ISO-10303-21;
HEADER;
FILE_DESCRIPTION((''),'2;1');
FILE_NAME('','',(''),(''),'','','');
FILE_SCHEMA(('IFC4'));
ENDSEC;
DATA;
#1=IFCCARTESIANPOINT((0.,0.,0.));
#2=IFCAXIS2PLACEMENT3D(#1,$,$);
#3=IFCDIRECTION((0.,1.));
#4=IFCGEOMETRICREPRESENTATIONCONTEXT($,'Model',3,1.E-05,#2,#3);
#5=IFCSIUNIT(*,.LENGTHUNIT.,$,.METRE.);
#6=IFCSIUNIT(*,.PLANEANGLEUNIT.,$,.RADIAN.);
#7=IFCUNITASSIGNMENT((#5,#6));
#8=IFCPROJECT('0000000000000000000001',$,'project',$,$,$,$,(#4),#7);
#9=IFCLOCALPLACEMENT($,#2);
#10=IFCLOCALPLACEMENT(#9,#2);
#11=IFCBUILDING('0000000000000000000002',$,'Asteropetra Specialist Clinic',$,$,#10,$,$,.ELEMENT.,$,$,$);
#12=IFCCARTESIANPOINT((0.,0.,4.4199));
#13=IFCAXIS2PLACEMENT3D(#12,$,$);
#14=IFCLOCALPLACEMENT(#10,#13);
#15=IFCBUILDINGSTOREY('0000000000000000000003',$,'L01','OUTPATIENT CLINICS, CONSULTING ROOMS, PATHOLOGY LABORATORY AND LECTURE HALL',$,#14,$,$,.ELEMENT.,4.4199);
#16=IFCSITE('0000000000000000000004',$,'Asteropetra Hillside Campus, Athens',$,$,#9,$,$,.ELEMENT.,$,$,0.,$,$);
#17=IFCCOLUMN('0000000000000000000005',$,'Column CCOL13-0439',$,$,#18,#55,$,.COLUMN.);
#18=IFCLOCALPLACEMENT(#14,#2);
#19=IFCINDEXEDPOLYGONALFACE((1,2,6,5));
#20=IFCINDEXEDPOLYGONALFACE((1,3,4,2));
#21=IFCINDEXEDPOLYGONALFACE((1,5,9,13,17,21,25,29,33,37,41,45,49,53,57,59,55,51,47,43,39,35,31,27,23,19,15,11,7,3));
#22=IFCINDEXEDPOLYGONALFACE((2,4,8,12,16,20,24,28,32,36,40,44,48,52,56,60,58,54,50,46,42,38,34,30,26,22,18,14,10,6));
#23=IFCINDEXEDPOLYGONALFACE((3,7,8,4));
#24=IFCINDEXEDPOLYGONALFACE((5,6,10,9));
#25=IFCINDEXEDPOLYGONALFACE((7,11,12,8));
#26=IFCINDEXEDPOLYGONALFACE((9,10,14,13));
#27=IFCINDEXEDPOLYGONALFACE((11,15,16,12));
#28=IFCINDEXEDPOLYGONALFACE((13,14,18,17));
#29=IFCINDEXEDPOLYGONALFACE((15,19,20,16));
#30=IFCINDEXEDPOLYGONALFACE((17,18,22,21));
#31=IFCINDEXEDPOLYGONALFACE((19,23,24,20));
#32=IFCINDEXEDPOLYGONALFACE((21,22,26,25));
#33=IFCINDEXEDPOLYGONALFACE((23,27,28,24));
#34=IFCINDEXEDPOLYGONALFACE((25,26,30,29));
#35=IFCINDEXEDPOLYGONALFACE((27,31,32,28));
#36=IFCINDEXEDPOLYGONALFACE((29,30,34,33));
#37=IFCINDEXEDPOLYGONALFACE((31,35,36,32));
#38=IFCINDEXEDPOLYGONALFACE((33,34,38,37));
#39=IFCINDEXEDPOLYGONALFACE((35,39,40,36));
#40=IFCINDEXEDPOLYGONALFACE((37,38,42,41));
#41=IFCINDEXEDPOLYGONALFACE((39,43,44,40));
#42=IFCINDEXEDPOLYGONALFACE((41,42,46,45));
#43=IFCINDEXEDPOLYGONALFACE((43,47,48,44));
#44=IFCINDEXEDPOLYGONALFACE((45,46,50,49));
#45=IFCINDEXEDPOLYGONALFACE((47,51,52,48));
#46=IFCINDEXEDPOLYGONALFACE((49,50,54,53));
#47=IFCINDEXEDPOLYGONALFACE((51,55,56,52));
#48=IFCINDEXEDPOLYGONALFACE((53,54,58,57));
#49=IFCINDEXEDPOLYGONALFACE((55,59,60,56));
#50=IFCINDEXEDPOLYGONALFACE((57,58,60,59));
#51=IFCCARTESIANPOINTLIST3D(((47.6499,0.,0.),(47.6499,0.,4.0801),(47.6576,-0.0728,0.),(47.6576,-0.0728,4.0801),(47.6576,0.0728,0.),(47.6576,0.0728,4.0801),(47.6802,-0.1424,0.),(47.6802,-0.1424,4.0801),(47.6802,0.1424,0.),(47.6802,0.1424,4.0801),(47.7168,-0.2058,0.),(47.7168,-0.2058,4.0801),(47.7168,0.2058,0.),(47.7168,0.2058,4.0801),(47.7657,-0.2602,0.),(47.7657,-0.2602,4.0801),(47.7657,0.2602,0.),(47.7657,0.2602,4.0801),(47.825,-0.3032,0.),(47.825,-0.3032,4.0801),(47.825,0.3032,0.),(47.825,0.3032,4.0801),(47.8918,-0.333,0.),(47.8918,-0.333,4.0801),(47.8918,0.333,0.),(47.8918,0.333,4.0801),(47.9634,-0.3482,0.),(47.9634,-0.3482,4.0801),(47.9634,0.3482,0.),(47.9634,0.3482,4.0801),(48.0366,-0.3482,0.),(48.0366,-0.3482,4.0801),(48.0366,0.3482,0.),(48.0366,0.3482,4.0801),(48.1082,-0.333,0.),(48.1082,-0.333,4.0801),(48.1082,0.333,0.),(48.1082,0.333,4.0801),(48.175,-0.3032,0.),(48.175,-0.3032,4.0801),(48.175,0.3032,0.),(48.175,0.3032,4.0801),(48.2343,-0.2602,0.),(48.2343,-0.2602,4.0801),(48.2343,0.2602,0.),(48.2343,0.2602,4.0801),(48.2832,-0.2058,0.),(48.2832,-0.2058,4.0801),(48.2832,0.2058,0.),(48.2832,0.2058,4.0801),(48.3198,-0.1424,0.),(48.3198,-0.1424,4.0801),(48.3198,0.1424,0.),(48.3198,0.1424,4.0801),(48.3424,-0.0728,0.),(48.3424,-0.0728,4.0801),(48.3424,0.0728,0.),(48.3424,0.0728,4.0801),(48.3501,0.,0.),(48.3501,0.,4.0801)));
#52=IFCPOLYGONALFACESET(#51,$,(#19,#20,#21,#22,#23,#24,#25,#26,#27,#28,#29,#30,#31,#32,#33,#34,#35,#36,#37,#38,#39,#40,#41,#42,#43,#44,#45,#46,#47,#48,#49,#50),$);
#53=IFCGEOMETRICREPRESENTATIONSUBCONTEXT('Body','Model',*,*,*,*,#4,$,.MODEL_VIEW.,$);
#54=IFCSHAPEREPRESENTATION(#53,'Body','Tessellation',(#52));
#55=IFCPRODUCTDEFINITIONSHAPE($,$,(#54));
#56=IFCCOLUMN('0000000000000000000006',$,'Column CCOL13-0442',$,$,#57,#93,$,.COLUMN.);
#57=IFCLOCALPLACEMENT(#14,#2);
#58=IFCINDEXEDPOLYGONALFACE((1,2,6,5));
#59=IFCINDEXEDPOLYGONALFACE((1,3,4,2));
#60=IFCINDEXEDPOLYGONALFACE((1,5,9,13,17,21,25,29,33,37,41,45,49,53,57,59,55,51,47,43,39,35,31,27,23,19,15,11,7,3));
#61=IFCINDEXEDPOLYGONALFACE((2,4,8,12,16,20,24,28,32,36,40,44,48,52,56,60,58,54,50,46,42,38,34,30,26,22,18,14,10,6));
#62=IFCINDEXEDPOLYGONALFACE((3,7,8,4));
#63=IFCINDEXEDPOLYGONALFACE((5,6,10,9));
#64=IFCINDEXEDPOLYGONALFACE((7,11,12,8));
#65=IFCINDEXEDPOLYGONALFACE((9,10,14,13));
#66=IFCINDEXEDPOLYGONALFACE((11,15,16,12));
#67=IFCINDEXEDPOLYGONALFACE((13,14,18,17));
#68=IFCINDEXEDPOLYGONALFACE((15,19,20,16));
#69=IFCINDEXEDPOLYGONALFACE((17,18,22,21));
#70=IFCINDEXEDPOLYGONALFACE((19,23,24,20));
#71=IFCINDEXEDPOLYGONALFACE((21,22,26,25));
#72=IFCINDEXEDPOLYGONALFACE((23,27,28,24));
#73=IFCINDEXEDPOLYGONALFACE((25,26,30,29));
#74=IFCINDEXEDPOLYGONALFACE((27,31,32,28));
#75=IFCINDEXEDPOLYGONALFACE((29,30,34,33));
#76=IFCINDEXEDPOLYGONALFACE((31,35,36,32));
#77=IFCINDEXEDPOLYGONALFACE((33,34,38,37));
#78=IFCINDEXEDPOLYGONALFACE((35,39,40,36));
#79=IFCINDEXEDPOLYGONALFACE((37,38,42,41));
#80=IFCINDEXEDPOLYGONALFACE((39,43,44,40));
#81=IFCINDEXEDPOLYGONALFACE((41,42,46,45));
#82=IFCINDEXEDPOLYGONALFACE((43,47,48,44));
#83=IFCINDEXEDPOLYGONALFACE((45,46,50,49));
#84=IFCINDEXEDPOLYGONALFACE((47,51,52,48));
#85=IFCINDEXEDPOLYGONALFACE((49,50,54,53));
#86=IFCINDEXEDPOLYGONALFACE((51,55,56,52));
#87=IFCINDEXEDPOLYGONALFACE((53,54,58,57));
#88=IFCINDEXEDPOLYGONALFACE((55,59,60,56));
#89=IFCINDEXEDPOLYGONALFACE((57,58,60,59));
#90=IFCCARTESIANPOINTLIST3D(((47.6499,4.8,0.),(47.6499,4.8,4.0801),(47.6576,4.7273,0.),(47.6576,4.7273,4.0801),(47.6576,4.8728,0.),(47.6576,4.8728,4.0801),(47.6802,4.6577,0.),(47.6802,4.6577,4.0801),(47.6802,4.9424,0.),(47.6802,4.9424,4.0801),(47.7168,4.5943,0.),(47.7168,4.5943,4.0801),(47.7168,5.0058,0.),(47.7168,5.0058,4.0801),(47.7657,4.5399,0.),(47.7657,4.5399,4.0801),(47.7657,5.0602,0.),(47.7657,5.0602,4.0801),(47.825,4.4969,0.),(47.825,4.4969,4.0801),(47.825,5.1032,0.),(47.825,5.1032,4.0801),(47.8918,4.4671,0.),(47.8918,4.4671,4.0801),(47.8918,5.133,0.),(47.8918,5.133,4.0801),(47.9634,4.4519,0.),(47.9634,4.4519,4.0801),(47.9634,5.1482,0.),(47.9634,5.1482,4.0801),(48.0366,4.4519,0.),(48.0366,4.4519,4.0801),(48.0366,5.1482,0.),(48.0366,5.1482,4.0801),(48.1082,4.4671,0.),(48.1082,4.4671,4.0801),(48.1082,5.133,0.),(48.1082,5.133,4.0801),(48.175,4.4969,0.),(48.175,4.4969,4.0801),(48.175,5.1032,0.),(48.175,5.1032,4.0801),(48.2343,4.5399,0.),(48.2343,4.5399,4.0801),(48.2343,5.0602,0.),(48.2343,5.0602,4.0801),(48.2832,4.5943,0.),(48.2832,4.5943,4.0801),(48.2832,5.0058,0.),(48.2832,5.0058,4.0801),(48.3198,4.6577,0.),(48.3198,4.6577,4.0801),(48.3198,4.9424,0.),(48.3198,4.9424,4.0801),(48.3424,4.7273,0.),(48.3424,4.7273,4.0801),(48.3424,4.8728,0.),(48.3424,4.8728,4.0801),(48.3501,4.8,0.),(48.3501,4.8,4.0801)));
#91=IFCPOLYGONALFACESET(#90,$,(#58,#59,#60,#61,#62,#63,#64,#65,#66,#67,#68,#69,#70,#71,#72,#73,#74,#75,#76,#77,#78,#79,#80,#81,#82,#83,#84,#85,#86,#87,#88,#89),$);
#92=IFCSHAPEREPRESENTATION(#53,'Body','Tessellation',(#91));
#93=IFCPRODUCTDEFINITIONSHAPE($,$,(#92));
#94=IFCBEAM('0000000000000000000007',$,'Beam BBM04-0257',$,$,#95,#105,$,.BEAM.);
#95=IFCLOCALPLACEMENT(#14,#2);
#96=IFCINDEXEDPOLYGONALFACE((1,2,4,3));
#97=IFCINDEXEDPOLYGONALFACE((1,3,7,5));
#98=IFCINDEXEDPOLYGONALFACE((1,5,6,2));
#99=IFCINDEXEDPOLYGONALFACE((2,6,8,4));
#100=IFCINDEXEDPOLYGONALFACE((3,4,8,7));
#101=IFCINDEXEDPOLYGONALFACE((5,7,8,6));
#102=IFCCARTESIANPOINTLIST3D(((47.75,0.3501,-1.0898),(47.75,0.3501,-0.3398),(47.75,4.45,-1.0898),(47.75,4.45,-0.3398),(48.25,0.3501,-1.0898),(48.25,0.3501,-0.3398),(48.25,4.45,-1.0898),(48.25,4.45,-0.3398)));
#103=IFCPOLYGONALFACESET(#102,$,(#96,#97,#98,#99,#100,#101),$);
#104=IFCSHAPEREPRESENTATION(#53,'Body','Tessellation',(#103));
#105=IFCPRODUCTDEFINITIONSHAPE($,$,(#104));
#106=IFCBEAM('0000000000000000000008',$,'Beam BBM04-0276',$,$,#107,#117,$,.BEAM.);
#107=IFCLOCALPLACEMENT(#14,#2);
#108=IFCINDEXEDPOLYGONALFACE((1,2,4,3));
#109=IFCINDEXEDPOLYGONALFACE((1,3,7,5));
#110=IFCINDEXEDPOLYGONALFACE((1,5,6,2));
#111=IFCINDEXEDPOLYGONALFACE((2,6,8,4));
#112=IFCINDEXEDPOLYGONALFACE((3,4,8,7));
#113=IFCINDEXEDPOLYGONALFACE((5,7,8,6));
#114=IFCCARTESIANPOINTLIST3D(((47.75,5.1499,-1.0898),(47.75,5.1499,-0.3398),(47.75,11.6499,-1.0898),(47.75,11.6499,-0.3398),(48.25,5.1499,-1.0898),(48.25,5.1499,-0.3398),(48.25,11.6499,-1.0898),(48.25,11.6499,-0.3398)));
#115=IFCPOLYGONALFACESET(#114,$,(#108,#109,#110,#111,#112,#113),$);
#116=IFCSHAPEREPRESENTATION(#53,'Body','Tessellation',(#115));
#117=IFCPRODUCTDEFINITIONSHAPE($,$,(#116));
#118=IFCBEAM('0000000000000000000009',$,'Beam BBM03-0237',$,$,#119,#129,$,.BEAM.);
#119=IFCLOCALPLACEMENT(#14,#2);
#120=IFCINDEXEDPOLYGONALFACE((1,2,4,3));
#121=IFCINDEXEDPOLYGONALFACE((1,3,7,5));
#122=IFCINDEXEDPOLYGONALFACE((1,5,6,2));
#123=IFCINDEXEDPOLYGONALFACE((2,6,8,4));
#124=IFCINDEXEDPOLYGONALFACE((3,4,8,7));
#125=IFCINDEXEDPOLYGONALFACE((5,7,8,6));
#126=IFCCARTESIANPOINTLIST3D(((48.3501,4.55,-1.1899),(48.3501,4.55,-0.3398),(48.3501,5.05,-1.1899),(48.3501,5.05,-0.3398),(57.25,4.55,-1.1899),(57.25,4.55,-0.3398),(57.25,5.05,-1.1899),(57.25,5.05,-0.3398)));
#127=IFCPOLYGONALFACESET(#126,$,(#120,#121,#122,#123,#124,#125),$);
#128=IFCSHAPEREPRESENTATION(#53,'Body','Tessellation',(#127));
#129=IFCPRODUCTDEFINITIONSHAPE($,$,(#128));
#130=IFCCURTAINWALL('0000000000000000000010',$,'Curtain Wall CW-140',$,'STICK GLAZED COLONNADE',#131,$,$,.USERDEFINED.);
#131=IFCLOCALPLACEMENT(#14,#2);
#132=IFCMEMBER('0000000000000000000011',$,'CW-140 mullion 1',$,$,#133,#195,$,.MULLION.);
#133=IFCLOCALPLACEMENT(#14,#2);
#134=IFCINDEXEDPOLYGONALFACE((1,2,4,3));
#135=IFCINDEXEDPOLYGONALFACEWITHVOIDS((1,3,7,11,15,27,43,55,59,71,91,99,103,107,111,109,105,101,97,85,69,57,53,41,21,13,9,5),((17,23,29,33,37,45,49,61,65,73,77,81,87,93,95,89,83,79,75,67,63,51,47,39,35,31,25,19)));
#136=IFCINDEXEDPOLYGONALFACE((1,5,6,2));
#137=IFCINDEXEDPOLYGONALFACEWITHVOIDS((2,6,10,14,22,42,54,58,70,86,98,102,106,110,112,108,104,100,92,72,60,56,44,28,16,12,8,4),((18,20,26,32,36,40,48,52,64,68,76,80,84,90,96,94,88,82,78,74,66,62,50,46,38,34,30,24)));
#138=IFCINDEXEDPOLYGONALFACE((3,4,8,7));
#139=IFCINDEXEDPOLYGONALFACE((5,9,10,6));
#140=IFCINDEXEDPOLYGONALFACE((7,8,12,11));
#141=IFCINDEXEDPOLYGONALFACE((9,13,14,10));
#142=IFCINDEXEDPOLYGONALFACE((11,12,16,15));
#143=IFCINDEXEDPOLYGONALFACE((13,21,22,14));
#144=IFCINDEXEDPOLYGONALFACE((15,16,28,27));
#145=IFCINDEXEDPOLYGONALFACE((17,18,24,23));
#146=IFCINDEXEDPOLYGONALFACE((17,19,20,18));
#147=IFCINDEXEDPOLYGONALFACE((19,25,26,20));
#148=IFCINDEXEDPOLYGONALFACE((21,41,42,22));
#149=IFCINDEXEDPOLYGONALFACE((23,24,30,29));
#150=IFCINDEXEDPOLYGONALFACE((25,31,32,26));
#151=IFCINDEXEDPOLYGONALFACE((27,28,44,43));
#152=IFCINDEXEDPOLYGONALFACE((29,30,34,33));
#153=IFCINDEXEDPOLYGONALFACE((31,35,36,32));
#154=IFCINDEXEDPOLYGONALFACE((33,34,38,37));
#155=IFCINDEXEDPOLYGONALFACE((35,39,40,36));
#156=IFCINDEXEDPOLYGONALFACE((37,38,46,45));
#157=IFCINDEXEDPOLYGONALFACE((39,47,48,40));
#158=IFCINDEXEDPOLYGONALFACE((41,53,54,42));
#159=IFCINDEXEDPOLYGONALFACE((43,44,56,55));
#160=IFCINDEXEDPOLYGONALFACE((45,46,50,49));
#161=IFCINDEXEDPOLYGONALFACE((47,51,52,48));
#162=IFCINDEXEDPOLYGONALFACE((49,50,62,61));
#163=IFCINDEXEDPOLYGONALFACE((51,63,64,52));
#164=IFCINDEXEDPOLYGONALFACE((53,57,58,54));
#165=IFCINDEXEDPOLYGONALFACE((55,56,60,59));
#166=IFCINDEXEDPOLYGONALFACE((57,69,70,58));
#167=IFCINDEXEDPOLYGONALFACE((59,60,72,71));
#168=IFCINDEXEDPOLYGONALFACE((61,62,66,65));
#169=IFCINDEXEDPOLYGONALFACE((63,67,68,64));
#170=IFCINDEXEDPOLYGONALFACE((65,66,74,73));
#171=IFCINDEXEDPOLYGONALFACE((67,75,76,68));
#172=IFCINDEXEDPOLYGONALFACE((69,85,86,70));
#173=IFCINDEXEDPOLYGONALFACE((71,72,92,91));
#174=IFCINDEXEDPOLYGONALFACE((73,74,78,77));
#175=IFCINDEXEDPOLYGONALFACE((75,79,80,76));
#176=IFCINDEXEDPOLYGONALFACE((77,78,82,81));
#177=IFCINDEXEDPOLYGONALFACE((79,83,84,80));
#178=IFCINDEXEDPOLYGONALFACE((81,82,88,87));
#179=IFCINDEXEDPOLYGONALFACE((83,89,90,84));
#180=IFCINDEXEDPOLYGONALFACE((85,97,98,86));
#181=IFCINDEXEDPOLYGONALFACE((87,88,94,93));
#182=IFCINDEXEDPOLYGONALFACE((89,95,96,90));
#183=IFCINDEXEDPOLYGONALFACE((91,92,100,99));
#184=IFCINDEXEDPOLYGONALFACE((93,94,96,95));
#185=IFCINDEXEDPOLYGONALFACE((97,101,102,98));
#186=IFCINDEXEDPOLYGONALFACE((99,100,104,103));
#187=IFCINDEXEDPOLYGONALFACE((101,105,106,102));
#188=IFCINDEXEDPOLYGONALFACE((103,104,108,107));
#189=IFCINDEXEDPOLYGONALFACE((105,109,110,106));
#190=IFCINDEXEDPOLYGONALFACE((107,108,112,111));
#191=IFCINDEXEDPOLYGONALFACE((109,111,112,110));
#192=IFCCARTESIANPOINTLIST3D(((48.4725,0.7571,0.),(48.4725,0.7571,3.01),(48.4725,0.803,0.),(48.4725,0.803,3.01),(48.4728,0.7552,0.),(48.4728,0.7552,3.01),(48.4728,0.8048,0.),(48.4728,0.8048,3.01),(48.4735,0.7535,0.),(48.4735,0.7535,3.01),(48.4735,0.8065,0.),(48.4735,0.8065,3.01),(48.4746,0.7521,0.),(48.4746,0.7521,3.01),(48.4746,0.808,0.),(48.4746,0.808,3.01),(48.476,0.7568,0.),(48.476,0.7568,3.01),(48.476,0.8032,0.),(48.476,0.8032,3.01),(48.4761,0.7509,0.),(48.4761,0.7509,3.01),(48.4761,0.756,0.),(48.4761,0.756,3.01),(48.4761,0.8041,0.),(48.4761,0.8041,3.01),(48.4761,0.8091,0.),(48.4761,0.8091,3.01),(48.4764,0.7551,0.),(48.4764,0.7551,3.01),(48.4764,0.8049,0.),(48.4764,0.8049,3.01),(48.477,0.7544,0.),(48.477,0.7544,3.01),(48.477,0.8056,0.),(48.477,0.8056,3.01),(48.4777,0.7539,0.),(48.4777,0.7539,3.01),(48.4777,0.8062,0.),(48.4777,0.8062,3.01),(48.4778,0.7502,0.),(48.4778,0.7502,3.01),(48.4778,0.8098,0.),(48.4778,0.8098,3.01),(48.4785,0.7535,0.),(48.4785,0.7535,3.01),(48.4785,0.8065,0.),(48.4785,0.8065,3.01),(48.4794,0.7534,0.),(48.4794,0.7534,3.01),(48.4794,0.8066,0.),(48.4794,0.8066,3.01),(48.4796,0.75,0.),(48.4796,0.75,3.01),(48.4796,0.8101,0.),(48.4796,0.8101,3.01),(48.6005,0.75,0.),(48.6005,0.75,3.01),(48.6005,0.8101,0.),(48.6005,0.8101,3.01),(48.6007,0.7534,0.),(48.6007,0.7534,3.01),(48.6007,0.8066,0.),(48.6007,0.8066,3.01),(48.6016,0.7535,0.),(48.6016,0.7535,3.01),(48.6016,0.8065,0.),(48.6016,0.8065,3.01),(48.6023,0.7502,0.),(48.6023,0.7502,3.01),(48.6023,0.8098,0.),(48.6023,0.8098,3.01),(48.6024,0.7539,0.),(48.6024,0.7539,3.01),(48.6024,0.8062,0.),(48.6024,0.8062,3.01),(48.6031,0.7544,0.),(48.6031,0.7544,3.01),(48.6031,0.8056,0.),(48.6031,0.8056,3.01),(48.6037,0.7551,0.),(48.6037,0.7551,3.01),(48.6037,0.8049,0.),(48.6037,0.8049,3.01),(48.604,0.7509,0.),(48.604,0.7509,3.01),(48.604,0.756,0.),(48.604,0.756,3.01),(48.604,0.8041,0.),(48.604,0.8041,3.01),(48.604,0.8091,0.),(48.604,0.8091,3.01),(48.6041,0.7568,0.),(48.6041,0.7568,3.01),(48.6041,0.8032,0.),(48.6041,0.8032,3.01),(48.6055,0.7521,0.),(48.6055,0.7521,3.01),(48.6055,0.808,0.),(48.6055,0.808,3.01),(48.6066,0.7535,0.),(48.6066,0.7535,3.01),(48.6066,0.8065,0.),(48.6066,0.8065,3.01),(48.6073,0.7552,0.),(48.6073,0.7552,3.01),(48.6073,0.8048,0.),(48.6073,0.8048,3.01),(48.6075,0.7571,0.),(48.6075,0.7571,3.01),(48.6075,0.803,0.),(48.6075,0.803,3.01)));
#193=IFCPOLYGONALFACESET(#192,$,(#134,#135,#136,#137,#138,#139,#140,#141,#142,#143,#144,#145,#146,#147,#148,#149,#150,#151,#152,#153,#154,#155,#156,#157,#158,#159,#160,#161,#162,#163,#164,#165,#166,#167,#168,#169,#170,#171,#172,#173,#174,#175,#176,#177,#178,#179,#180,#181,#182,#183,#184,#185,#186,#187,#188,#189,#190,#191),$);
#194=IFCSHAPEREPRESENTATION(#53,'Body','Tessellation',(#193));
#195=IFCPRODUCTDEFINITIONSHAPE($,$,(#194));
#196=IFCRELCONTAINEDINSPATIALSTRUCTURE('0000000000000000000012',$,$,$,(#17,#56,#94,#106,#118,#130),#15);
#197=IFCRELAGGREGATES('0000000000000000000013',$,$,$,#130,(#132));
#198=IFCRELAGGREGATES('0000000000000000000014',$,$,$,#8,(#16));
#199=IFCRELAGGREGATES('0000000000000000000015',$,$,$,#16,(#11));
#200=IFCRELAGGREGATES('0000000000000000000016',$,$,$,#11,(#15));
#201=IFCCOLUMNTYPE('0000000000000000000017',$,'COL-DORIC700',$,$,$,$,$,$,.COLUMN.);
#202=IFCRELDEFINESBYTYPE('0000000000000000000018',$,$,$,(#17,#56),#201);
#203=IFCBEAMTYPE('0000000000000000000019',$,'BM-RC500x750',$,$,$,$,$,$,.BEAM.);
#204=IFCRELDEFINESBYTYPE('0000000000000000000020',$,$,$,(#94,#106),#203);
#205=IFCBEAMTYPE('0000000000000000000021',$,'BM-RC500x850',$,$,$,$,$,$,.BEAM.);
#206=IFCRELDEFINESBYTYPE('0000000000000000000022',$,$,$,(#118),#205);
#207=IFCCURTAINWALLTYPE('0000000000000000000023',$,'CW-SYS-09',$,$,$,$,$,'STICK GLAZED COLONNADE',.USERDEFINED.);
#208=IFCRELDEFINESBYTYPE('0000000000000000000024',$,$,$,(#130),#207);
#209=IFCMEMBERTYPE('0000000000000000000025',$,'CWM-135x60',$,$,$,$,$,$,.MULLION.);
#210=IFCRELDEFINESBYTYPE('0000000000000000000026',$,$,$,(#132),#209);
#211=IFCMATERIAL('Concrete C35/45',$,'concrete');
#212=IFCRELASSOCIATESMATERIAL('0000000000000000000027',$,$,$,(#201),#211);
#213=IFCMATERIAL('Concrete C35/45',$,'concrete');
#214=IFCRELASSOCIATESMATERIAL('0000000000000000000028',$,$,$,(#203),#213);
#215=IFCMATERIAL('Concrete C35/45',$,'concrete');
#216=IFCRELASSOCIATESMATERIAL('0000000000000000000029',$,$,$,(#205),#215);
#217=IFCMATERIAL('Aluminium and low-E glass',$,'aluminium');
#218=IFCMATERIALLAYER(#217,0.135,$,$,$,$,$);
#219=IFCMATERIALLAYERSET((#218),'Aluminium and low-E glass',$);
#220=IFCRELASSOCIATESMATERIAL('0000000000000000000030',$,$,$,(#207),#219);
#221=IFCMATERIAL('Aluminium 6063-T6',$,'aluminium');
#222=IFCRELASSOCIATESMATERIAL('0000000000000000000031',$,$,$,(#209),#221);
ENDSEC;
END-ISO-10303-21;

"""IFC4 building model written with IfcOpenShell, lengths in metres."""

from ifc_helpers import new_model, si_unit, direction, frame, origin, origin_2d, place, context, subcontext, project, spatial, rectangle, hollow_rectangle, circle, extrude, material, layer, layer_set, material_profile, profile_set, type_object, element, aggregate, save


model = new_model("IFC4")

# Units and contexts
model_context = context("Model", 3, precision=1e-05, world=origin(), true_north=direction((0.0, 1.0)))
body_context = subcontext(model_context, "Body", "Model", "MODEL_VIEW")
ifc_project = project(units=[si_unit("LENGTHUNIT", "METRE"), si_unit("PLANEANGLEUNIT", "RADIAN")], contexts=[model_context])

# Site, building, storey
site_placement = place(None, origin())
site = spatial("IfcSite", under=ifc_project, at=site_placement, Name="Asteropetra Hillside Campus, Athens", CompositionType="ELEMENT", RefElevation=0.0)
building_placement = place(site_placement, origin())
building = spatial("IfcBuilding", under=site, at=building_placement, Name="Asteropetra Specialist Clinic", CompositionType="ELEMENT")
storey_placement = place(building_placement, frame((0.0, 0.0, 4.4199)))
storey = spatial("IfcBuildingStorey", under=building, at=storey_placement, Name="L01", Description="OUTPATIENT CLINICS, CONSULTING ROOMS, PATHOLOGY LABORATORY AND LECTURE HALL", CompositionType="ELEMENT", Elevation=4.4199)

# Columns
ifc_material_1 = material(Name="Concrete C35/45", Category="concrete")
ifc_material_profile_1 = material_profile(ifc_material_1, circle(Radius=0.3501, at=origin_2d()), Name="RCC D700")
ifc_profile_set_1 = profile_set([ifc_material_profile_1], Name="Concrete C35/45")
column_type = type_object("IfcColumnType", Name="COL-DORIC700", PredefinedType="COLUMN", material=ifc_profile_set_1)
for number, where, z_axis, x_axis, name in (
    (1, (48.0, 0.0, 0.0), (0.0, 0.0, 1.0), (1.0, 0.0, 0.0), "Column CCOL13-0439"),
    (2, (48.0, 4.8, 0.0), (0.0, 0.0, 1.0), (1.0, 0.0, 0.0), "Column CCOL13-0442"),
):
    element("IfcColumn", number, at=place(storey_placement, frame(where, z_axis=z_axis, x_axis=x_axis)), inside=storey, type_object=column_type, Name=name, PredefinedType="COLUMN", context=body_context, shape_type="SweptSolid", body=[
        extrude(circle(Radius=0.3501, at=origin_2d()), origin(), (0.0, 0.0, 1.0), 4.0801),
    ])

# Beams
ifc_material_2 = material(Name="Concrete C35/45", Category="concrete")
ifc_material_profile_2 = material_profile(ifc_material_2, rectangle(XDim=0.5, YDim=0.75, at=origin_2d()), Name="RCB 500x750")
ifc_profile_set_2 = profile_set([ifc_material_profile_2], Name="Concrete C35/45")
beam_type_1 = type_object("IfcBeamType", Name="BM-RC500x750", PredefinedType="BEAM", material=ifc_profile_set_2)
beam_1_placement = place(storey_placement, frame((48.0, 0.3501, -0.7148), z_axis=(0.0, 1.0, 0.0), x_axis=(-1.0, 0.0, 0.0)))
element("IfcBeam", 3, at=beam_1_placement, inside=storey, type_object=beam_type_1, Name="Beam BBM04-0257", PredefinedType="BEAM", context=body_context, shape_type="SweptSolid", body=[
    extrude(rectangle(XDim=0.5, YDim=0.75, at=origin_2d()), origin(), (0.0, 0.0, 1.0), 4.0999),
])
beam_2_placement = place(storey_placement, frame((48.0, 5.1499, -0.7148), z_axis=(0.0, 1.0, 0.0), x_axis=(-1.0, 0.0, 0.0)))
element("IfcBeam", 4, at=beam_2_placement, inside=storey, type_object=beam_type_1, Name="Beam BBM04-0276", PredefinedType="BEAM", context=body_context, shape_type="SweptSolid", body=[
    extrude(rectangle(XDim=0.5, YDim=0.75, at=origin_2d()), origin(), (0.0, 0.0, 1.0), 6.5),
])
ifc_material_3 = material(Name="Concrete C35/45", Category="concrete")
ifc_material_profile_3 = material_profile(ifc_material_3, rectangle(XDim=0.5, YDim=0.8501, at=origin_2d()), Name="RCB 500x850")
ifc_profile_set_3 = profile_set([ifc_material_profile_3], Name="Concrete C35/45")
beam_type_2 = type_object("IfcBeamType", Name="BM-RC500x850", PredefinedType="BEAM", material=ifc_profile_set_3)
beam_3_placement = place(storey_placement, frame((48.3501, 4.8, -0.7649), z_axis=(1.0, 0.0, 0.0), x_axis=(0.0, 1.0, 0.0)))
element("IfcBeam", 5, at=beam_3_placement, inside=storey, type_object=beam_type_2, Name="Beam BBM03-0237", PredefinedType="BEAM", context=body_context, shape_type="SweptSolid", body=[
    extrude(rectangle(XDim=0.5, YDim=0.8501, at=origin_2d()), origin(), (0.0, 0.0, 1.0), 8.8999),
])

# Curtain wall, member
ifc_material_4 = material(Name="Aluminium and low-E glass", Category="aluminium")
ifc_layer_1 = layer(ifc_material_4, 0.135)
ifc_layer_set_1 = layer_set([ifc_layer_1], Name="Aluminium and low-E glass")
curtain_wall_type_1 = type_object("IfcCurtainWallType", Name="CW-SYS-09", ElementType="STICK GLAZED COLONNADE", PredefinedType="USERDEFINED", material=ifc_layer_set_1)
curtain_wall_1_placement = place(storey_placement, origin())
curtain_wall_1 = element("IfcCurtainWall", 6, at=curtain_wall_1_placement, inside=storey, type_object=curtain_wall_type_1, Name="Curtain Wall CW-140", ObjectType="STICK GLAZED COLONNADE", PredefinedType="USERDEFINED")
ifc_material_5 = material(Name="Aluminium 6063-T6", Category="aluminium")
ifc_material_profile_4 = material_profile(ifc_material_5, hollow_rectangle(XDim=0.0601, YDim=0.135, WallThickness=0.0034, InnerFilletRadius=0.0034, OuterFilletRadius=0.0071, at=origin_2d()), Name="MUL 135x60x3.5")
ifc_profile_set_4 = profile_set([ifc_material_profile_4], Name="Aluminium 6063-T6")
member_type_1 = type_object("IfcMemberType", Name="CWM-135x60", PredefinedType="MULLION", material=ifc_profile_set_4)
member_1_placement = place(storey_placement, frame((48.54, 0.78, 0.0), z_axis=(0.0, 0.0, 1.0), x_axis=(0.0, 1.0, 0.0)))
member_1 = element("IfcMember", 7, at=member_1_placement, type_object=member_type_1, Name="CW-140 mullion 1", PredefinedType="MULLION", context=body_context, shape_type="SweptSolid", body=[
    extrude(hollow_rectangle(XDim=0.0601, YDim=0.135, WallThickness=0.0034, InnerFilletRadius=0.0034, OuterFilletRadius=0.0071, at=origin_2d()), origin(), (0.0, 0.0, 1.0), 3.01),
])

aggregate(curtain_wall_1, [member_1])

save(model, "model.ifc")
